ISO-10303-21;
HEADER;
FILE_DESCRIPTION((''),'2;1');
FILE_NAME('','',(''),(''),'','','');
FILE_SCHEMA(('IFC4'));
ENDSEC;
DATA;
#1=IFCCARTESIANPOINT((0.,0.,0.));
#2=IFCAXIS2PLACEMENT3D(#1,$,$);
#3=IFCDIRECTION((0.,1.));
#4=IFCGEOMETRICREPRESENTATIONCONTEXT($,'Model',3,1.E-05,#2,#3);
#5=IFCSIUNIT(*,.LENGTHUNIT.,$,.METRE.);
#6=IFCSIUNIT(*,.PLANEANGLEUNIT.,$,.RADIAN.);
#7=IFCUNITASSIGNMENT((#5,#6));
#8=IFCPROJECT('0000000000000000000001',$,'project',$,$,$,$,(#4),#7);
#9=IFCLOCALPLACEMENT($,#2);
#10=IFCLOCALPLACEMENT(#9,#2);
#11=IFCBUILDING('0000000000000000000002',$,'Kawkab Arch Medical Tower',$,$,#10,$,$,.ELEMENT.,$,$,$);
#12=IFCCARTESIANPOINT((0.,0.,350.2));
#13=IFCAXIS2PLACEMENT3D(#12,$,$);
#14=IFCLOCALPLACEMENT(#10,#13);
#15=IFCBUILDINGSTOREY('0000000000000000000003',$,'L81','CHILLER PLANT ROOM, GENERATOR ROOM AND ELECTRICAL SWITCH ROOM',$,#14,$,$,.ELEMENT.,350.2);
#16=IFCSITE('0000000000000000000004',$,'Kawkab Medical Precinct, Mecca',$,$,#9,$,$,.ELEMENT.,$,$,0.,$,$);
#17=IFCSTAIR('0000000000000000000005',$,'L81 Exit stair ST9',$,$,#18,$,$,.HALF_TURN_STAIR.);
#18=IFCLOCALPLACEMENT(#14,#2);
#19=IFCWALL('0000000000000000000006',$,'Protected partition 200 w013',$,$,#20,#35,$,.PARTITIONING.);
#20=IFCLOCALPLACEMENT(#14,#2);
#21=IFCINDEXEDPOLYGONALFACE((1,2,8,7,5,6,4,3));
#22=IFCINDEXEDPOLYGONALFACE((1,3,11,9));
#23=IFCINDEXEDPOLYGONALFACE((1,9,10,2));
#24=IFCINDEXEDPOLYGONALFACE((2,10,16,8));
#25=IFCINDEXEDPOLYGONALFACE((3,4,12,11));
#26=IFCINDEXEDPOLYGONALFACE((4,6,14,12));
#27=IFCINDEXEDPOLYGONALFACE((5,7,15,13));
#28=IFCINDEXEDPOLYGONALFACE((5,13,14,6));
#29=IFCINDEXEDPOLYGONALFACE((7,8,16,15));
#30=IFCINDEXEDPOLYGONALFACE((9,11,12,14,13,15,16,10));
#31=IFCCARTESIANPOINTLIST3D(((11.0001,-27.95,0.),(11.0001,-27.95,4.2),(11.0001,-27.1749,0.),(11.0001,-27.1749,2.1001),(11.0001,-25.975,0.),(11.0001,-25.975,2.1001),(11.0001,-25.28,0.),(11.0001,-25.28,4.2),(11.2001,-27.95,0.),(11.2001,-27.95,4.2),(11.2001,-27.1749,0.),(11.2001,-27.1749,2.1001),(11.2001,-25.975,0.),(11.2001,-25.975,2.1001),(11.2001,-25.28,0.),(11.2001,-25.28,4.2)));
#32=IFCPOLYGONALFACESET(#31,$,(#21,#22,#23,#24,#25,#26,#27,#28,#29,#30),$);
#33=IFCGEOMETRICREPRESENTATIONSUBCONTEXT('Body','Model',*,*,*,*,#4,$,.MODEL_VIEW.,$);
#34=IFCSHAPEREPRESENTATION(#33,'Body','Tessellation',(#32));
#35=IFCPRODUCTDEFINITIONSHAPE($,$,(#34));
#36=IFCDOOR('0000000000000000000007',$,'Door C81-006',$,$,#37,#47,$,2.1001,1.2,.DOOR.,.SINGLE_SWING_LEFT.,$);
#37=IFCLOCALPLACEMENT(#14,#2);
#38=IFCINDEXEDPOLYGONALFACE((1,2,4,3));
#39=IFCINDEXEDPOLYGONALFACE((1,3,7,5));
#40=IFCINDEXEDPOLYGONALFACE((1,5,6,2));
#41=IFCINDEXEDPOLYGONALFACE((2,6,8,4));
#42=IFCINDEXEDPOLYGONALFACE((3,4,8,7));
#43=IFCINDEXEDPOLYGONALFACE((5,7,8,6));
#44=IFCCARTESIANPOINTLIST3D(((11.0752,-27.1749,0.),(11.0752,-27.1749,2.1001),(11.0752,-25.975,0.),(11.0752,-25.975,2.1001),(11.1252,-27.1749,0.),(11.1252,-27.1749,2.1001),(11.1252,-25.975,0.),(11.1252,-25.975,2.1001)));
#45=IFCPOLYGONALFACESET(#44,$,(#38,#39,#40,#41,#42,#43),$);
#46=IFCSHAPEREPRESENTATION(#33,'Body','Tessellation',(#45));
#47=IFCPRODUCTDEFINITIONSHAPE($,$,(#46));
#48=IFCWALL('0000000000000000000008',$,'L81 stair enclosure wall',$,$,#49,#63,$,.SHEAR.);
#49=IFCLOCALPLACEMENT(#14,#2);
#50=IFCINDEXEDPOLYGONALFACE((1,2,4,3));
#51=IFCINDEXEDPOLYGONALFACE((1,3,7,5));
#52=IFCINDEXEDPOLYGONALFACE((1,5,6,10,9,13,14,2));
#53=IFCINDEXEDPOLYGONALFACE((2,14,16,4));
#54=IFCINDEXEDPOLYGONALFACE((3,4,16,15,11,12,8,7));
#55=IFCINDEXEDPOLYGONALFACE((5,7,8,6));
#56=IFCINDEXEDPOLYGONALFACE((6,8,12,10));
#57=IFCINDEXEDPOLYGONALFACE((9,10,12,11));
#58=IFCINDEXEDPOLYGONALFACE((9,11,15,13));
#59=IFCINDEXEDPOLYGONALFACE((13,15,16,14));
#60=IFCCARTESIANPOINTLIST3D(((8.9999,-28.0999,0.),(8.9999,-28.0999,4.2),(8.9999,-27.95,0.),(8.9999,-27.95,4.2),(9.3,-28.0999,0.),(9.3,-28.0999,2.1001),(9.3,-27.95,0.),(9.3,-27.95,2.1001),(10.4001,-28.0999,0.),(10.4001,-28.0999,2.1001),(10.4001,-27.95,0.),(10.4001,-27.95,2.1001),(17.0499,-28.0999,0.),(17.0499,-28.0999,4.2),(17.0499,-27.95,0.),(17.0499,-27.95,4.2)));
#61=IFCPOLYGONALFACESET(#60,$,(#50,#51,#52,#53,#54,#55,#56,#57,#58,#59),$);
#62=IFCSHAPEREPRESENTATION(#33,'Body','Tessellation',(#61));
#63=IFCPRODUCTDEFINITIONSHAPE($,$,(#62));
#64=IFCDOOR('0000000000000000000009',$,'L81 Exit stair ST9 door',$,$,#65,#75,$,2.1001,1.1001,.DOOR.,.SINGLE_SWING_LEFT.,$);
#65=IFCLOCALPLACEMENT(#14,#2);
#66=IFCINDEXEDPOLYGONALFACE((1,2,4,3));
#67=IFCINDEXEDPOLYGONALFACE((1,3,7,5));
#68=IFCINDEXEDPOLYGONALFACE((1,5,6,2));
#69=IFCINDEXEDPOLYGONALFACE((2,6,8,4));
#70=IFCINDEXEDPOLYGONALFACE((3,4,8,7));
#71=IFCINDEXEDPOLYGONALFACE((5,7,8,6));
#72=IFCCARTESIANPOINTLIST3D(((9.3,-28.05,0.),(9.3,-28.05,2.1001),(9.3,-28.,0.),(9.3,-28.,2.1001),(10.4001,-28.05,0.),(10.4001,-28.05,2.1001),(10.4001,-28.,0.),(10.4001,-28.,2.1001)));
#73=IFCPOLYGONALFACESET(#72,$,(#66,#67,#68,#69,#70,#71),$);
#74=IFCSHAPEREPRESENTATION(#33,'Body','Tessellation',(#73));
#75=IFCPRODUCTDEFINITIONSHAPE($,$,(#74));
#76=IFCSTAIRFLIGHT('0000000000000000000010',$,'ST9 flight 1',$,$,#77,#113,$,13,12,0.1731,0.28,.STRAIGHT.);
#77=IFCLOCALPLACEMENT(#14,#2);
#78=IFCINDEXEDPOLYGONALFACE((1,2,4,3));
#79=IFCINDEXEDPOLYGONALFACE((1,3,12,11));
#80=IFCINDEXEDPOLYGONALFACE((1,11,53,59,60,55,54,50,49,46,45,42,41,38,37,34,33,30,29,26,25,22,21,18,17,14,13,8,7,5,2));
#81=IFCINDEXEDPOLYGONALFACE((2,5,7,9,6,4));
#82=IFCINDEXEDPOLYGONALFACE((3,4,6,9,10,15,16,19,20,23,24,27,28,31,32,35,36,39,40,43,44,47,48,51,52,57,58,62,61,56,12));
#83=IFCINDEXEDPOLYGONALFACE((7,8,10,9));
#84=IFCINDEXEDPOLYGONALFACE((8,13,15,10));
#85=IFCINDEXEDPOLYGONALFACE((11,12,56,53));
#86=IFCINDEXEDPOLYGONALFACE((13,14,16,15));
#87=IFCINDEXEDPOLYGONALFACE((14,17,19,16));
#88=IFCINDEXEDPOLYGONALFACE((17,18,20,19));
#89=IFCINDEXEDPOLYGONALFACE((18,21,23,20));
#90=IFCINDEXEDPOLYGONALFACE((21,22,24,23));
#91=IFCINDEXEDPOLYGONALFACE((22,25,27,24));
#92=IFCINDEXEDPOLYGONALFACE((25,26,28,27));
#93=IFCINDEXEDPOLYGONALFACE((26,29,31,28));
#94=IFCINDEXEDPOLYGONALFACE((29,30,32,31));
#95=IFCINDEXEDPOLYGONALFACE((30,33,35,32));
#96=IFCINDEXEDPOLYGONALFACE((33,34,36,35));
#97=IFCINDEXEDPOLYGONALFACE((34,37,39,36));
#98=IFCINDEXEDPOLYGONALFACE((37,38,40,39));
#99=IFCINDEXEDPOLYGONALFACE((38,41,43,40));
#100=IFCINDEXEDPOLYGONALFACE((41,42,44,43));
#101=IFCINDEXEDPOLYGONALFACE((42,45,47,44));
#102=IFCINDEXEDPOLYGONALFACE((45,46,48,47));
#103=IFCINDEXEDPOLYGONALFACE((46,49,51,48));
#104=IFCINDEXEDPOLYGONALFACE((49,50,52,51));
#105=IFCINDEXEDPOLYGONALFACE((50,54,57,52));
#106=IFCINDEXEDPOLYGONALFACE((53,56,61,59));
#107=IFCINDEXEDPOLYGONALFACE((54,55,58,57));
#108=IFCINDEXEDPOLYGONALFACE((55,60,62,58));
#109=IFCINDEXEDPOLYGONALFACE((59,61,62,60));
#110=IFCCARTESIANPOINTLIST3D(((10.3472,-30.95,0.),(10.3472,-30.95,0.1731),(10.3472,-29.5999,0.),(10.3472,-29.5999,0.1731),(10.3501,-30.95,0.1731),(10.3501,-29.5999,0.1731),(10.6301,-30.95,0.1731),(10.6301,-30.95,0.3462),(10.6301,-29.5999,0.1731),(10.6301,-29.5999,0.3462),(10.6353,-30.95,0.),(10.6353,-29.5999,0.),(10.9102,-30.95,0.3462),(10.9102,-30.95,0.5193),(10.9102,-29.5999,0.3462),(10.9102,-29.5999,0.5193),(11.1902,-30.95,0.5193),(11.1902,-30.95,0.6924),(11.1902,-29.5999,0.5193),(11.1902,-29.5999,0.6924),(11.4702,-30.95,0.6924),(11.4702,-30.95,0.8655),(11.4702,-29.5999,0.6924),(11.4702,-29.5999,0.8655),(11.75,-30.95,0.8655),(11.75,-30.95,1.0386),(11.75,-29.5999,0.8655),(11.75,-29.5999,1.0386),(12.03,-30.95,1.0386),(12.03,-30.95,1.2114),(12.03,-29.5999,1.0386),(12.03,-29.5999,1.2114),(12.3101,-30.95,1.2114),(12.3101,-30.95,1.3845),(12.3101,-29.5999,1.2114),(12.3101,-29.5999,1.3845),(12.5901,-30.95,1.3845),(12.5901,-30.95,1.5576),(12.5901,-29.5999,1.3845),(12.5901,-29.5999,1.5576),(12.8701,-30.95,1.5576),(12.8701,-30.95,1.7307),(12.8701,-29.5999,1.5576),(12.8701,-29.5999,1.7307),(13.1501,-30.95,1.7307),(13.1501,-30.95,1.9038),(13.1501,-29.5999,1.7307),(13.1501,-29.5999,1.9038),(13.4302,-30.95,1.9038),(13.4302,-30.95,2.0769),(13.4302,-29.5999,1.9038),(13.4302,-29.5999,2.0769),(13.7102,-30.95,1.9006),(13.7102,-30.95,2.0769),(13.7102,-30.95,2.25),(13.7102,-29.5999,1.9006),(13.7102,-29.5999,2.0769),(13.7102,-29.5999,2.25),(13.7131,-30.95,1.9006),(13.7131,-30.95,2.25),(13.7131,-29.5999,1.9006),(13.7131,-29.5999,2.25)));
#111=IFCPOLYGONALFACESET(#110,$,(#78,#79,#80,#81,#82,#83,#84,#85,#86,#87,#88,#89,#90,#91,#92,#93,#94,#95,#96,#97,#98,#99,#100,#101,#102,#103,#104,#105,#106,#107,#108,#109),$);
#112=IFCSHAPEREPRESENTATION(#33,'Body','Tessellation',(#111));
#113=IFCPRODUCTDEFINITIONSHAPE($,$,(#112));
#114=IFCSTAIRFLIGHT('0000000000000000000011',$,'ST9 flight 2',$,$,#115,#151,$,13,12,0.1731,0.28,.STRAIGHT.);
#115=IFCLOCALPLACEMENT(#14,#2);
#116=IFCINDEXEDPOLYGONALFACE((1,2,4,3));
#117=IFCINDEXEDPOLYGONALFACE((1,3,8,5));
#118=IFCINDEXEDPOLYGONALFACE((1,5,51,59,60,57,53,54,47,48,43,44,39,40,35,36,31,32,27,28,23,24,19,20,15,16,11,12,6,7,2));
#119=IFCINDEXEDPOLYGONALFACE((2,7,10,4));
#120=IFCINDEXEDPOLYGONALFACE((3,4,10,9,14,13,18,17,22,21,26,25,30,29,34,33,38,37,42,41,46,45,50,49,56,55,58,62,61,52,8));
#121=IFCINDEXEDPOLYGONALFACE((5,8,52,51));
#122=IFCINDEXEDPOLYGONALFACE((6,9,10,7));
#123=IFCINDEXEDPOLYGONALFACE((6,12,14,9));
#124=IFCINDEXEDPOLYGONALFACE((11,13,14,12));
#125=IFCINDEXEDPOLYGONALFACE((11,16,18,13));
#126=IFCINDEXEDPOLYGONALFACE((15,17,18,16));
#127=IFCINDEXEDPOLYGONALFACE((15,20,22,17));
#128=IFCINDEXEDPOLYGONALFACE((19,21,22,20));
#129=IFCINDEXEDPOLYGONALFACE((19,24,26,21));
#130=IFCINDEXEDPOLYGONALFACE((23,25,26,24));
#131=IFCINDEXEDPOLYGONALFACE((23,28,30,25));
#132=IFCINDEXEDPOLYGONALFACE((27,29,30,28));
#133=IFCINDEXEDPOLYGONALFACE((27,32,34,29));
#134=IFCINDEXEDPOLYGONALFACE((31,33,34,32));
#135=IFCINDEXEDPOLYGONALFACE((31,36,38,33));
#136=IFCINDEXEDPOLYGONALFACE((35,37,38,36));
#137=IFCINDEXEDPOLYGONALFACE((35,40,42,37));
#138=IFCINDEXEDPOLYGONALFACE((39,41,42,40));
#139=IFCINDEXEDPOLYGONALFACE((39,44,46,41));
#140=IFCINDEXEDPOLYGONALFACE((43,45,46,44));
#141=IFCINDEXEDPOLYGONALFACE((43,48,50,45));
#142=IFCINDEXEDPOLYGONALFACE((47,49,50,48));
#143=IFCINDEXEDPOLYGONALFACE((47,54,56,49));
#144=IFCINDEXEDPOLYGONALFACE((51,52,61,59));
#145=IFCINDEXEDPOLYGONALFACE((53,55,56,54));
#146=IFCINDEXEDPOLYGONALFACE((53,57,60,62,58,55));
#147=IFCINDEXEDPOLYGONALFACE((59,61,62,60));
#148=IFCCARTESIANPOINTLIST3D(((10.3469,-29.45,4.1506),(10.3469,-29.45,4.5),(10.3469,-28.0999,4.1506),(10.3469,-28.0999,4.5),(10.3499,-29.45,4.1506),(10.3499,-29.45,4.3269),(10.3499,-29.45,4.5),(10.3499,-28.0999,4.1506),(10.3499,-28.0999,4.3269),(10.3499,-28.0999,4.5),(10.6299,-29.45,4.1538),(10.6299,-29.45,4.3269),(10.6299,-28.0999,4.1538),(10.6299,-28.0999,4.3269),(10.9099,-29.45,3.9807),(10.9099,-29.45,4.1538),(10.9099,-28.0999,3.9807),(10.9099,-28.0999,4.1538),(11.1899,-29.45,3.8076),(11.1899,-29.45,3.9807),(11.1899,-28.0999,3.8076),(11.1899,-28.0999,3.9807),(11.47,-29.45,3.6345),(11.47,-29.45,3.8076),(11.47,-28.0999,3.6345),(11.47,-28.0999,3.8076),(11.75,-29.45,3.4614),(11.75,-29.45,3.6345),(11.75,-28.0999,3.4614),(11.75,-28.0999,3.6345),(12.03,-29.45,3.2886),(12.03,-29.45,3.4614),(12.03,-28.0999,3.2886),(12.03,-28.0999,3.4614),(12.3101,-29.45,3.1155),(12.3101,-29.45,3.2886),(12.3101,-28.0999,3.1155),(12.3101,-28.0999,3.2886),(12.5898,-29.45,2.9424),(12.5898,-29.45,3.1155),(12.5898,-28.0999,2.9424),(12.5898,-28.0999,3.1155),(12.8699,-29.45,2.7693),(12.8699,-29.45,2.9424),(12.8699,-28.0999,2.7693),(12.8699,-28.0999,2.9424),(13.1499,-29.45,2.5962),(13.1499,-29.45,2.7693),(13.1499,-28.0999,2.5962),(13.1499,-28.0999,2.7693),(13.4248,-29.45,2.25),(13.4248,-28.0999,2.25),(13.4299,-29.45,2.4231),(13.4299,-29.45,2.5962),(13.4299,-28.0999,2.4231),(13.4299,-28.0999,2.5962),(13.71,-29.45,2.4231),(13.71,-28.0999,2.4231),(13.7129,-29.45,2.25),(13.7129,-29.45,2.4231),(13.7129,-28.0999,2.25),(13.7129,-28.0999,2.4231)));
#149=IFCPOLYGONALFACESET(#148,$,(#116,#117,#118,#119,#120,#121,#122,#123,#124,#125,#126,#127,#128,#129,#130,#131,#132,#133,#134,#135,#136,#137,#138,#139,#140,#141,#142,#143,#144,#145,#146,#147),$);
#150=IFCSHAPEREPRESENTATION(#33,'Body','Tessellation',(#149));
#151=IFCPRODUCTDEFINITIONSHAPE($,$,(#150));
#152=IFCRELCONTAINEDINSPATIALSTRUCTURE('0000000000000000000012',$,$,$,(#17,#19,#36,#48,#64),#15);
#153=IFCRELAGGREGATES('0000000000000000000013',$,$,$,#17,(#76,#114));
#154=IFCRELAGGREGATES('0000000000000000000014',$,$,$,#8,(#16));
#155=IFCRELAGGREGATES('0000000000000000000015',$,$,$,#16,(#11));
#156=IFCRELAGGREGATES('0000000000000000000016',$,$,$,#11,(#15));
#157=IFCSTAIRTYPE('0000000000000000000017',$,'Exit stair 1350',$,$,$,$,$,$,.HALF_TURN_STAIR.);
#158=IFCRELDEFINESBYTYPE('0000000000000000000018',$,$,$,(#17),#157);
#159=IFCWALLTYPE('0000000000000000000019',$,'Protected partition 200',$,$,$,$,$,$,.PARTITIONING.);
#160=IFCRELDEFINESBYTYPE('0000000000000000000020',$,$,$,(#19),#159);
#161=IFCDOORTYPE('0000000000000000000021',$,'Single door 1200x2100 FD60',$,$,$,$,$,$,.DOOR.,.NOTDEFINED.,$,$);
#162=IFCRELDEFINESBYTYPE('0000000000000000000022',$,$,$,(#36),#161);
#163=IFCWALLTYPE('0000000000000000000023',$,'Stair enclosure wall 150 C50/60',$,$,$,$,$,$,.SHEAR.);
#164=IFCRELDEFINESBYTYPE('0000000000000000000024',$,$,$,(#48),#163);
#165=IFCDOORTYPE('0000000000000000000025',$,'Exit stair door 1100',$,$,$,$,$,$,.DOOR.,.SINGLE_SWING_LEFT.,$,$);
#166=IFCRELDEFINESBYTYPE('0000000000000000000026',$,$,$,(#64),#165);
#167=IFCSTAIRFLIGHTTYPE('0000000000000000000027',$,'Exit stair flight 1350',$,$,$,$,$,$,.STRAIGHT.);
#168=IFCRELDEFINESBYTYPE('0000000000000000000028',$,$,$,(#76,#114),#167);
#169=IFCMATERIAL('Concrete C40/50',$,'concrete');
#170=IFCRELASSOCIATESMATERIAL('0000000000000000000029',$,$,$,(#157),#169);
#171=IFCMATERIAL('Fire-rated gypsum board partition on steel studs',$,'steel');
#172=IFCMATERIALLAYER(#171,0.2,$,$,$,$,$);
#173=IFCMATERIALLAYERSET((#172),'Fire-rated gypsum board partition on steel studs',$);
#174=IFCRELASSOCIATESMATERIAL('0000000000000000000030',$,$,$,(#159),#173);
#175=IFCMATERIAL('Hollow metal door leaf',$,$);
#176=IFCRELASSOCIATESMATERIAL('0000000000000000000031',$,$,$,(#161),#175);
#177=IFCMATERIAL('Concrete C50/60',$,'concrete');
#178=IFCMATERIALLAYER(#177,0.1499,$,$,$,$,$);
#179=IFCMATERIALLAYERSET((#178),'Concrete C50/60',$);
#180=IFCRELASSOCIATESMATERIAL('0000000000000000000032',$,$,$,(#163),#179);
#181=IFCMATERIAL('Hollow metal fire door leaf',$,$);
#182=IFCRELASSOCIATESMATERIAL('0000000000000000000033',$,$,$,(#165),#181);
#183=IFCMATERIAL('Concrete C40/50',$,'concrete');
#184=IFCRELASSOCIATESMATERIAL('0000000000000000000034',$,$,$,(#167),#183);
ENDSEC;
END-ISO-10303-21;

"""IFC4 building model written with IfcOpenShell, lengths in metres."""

from ifc_helpers import new_model, si_unit, direction, frame, frame_2d, origin, place, context, subcontext, project, spatial, polyline, rectangle, outline, extrude, material, layer, layer_set, type_object, element, fill, aggregate, save


model = new_model("IFC4")

# Units and contexts
model_context = context("Model", 3, precision=1e-05, world=origin(), true_north=direction((0.0, 1.0)))
body_context = subcontext(model_context, "Body", "Model", "MODEL_VIEW")
ifc_project = project(units=[si_unit("LENGTHUNIT", "METRE"), si_unit("PLANEANGLEUNIT", "RADIAN")], contexts=[model_context])

# Site, building, storey
site_placement = place(None, origin())
site = spatial("IfcSite", under=ifc_project, at=site_placement, Name="Kawkab Medical Precinct, Mecca", CompositionType="ELEMENT", RefElevation=0.0)
building_placement = place(site_placement, origin())
building = spatial("IfcBuilding", under=site, at=building_placement, Name="Kawkab Arch Medical Tower", CompositionType="ELEMENT")
storey_placement = place(building_placement, frame((0.0, 0.0, 350.2)))
storey = spatial("IfcBuildingStorey", under=building, at=storey_placement, Name="L81", Description="CHILLER PLANT ROOM, GENERATOR ROOM AND ELECTRICAL SWITCH ROOM", CompositionType="ELEMENT", Elevation=350.2)

# Shared definitions
placement_1 = place(storey_placement, origin())

# Stair
ifc_material_1 = material(Name="Concrete C40/50", Category="concrete")
stair_type = type_object("IfcStairType", Name="Exit stair 1350", PredefinedType="HALF_TURN_STAIR", material=ifc_material_1)
stair_1 = element("IfcStair", 1, at=placement_1, inside=storey, type_object=stair_type, Name="L81 Exit stair ST9", PredefinedType="HALF_TURN_STAIR")

# Shared definitions
ifc_material_2 = material(Name="Fire-rated gypsum board partition on steel studs", Category="steel")
ifc_layer_1 = layer(ifc_material_2, 0.2)
ifc_layer_set_1 = layer_set([ifc_layer_1], Name="Fire-rated gypsum board partition on steel studs")
wall_type_1 = type_object("IfcWallType", Name="Protected partition 200", PredefinedType="PARTITIONING", material=ifc_layer_set_1)

# Walls, openings, doors
wall_1_placement = place(storey_placement, frame((11.1001, -27.95, 0.0), z_axis=(0.0, 0.0, 1.0), x_axis=(0.0, 1.0, 0.0)))
wall_1 = element("IfcWall", 2, at=wall_1_placement, inside=storey, type_object=wall_type_1, Name="Protected partition 200 w013", PredefinedType="PARTITIONING", context=body_context, shape_type="SweptSolid", body=[
    extrude(rectangle(XDim=2.6699, YDim=0.2, at=frame_2d((1.335, 0.0))), origin(), (0.0, 0.0, 1.0), 4.2),
])
opening_1_placement = place(wall_1_placement, frame((0.7749, 0.0, 0.0)))
opening_1 = element("IfcOpeningElement", 3, at=opening_1_placement, cuts=wall_1, PredefinedType="OPENING", context=body_context, shape_type="SweptSolid", body=[
    extrude(rectangle(XDim=1.2, YDim=2.1001, at=frame_2d((0.6001, 1.05))), frame((0.0, 0.1099, 0.0), z_axis=(0.0, -1.0, 0.0), x_axis=(1.0, 0.0, 0.0)), (0.0, 0.0, 1.0), 0.22),
])
ifc_material_3 = material(Name="Hollow metal door leaf")
door_type_1 = type_object("IfcDoorType", Name="Single door 1200x2100 FD60", OperationType="NOTDEFINED", PredefinedType="DOOR", material=ifc_material_3)
door_1_placement = place(opening_1_placement, origin())
door_1 = element("IfcDoor", 4, at=door_1_placement, inside=storey, type_object=door_type_1, Name="Door C81-006", OperationType="SINGLE_SWING_LEFT", OverallHeight=2.1001, OverallWidth=1.2, PredefinedType="DOOR", context=body_context, shape_type="SweptSolid", body=[
    extrude(rectangle(XDim=1.2, YDim=2.1001, at=frame_2d((0.6001, 1.05))), frame((0.0, 0.0249, 0.0), z_axis=(0.0, -1.0, 0.0), x_axis=(1.0, 0.0, 0.0)), (0.0, 0.0, 1.0), 0.05),
])
fill(opening_1, door_1)
ifc_material_4 = material(Name="Concrete C50/60", Category="concrete")
ifc_layer_2 = layer(ifc_material_4, 0.1499)
ifc_layer_set_2 = layer_set([ifc_layer_2], Name="Concrete C50/60")
wall_type_2 = type_object("IfcWallType", Name="Stair enclosure wall 150 C50/60", PredefinedType="SHEAR", material=ifc_layer_set_2)
wall_2_placement = place(storey_placement, frame((9.0, -28.0249, 0.0), z_axis=(0.0, 0.0, 1.0), x_axis=(1.0, 0.0, 0.0)))
wall_2 = element("IfcWall", 5, at=wall_2_placement, inside=storey, type_object=wall_type_2, Name="L81 stair enclosure wall", PredefinedType="SHEAR", context=body_context, shape_type="SweptSolid", body=[
    extrude(rectangle(XDim=8.05, YDim=0.1499, at=frame_2d((4.0249, 0.0))), origin(), (0.0, 0.0, 1.0), 4.2),
])
opening_2_placement = place(wall_2_placement, frame((0.3, 0.0, 0.0)))
opening_2 = element("IfcOpeningElement", 6, at=opening_2_placement, cuts=wall_2, PredefinedType="OPENING", context=body_context, shape_type="SweptSolid", body=[
    extrude(rectangle(XDim=1.1001, YDim=2.1001, at=frame_2d((0.55, 1.05))), frame((0.0, 0.085, 0.0), z_axis=(0.0, -1.0, 0.0), x_axis=(1.0, 0.0, 0.0)), (0.0, 0.0, 1.0), 0.1699),
])
ifc_material_5 = material(Name="Hollow metal fire door leaf")
door_type_2 = type_object("IfcDoorType", Name="Exit stair door 1100", OperationType="SINGLE_SWING_LEFT", PredefinedType="DOOR", material=ifc_material_5)
door_2_placement = place(opening_2_placement, origin())
door_2 = element("IfcDoor", 7, at=door_2_placement, inside=storey, type_object=door_type_2, Name="L81 Exit stair ST9 door", OperationType="SINGLE_SWING_LEFT", OverallHeight=2.1001, OverallWidth=1.1001, PredefinedType="DOOR", context=body_context, shape_type="SweptSolid", body=[
    extrude(rectangle(XDim=1.1001, YDim=2.1001, at=frame_2d((0.55, 1.05))), frame((0.0, 0.0249, 0.0), z_axis=(0.0, -1.0, 0.0), x_axis=(1.0, 0.0, 0.0)), (0.0, 0.0, 1.0), 0.05),
])
fill(opening_2, door_2)

# Stair flights
ifc_material_6 = material(Name="Concrete C40/50", Category="concrete")
stair_flight_type = type_object("IfcStairFlightType", Name="Exit stair flight 1350", PredefinedType="STRAIGHT", material=ifc_material_6)
stair_flight_1_placement = place(storey_placement, frame((10.3501, -30.2749, 0.0), z_axis=(0.0, 0.0, 1.0), x_axis=(1.0, 0.0, 0.0)))
stair_flight_1 = element("IfcStairFlight", 8, at=stair_flight_1_placement, type_object=stair_flight_type, Name="ST9 flight 1", NumberOfRisers=13, NumberOfTreads=12, PredefinedType="STRAIGHT", RiserHeight=0.1731, TreadLength=0.28, context=body_context, shape_type="SweptSolid", body=[
    extrude(outline(polyline([(-0.0029, 0.0), (-0.0029, 0.1731), (0.0, 0.1731), (0.28, 0.1731), (0.28, 0.3462), (0.5601, 0.3462), (0.5601, 0.5193), (0.8401, 0.5193), (0.8401, 0.6924), (1.1201, 0.6924), (1.1201, 0.8655), (1.3999, 0.8655), (1.3999, 1.0386), (1.6799, 1.0386), (1.6799, 1.2114), (1.96, 1.2114), (1.96, 1.3845), (2.24, 1.3845), (2.24, 1.5576), (2.52, 1.5576), (2.52, 1.7307), (2.8, 1.7307), (2.8, 1.9038), (3.0801, 1.9038), (3.0801, 2.0769), (3.3601, 2.0769), (3.3601, 2.25), (3.363, 2.25), (3.363, 1.9006), (3.3601, 1.9006), (0.2852, 0.0), (-0.0029, 0.0)])), frame((0.0, 0.675, 0.0), z_axis=(0.0, -1.0, 0.0), x_axis=(1.0, 0.0, 0.0)), (0.0, 0.0, 1.0), 1.3501),
])
stair_flight_2_placement = place(storey_placement, frame((13.71, -28.7749, 2.25), z_axis=(0.0, 0.0, 1.0), x_axis=(-1.0, 0.0, 0.0)))
stair_flight_2 = element("IfcStairFlight", 9, at=stair_flight_2_placement, type_object=stair_flight_type, Name="ST9 flight 2", NumberOfRisers=13, NumberOfTreads=12, PredefinedType="STRAIGHT", RiserHeight=0.1731, TreadLength=0.28, context=body_context, shape_type="SweptSolid", body=[
    extrude(outline(polyline([(-0.0029, 0.0), (-0.0029, 0.1731), (0.0, 0.1731), (0.28, 0.1731), (0.28, 0.3462), (0.5601, 0.3462), (0.5601, 0.5193), (0.8401, 0.5193), (0.8401, 0.6924), (1.1201, 0.6924), (1.1201, 0.8655), (1.3999, 0.8655), (1.3999, 1.0386), (1.6799, 1.0386), (1.6799, 1.2114), (1.96, 1.2114), (1.96, 1.3845), (2.24, 1.3845), (2.24, 1.5576), (2.52, 1.5576), (2.52, 1.7307), (2.8, 1.7307), (2.8, 1.9038), (3.0801, 1.9038), (3.0801, 2.0769), (3.3601, 2.0769), (3.3601, 2.25), (3.363, 2.25), (3.363, 1.9006), (3.3601, 1.9006), (0.2852, 0.0), (-0.0029, 0.0)])), frame((0.0, 0.675, 0.0), z_axis=(0.0, -1.0, 0.0), x_axis=(1.0, 0.0, 0.0)), (0.0, 0.0, 1.0), 1.3501),
])
aggregate(stair_1, [stair_flight_1, stair_flight_2])

save(model, "model.ifc")
